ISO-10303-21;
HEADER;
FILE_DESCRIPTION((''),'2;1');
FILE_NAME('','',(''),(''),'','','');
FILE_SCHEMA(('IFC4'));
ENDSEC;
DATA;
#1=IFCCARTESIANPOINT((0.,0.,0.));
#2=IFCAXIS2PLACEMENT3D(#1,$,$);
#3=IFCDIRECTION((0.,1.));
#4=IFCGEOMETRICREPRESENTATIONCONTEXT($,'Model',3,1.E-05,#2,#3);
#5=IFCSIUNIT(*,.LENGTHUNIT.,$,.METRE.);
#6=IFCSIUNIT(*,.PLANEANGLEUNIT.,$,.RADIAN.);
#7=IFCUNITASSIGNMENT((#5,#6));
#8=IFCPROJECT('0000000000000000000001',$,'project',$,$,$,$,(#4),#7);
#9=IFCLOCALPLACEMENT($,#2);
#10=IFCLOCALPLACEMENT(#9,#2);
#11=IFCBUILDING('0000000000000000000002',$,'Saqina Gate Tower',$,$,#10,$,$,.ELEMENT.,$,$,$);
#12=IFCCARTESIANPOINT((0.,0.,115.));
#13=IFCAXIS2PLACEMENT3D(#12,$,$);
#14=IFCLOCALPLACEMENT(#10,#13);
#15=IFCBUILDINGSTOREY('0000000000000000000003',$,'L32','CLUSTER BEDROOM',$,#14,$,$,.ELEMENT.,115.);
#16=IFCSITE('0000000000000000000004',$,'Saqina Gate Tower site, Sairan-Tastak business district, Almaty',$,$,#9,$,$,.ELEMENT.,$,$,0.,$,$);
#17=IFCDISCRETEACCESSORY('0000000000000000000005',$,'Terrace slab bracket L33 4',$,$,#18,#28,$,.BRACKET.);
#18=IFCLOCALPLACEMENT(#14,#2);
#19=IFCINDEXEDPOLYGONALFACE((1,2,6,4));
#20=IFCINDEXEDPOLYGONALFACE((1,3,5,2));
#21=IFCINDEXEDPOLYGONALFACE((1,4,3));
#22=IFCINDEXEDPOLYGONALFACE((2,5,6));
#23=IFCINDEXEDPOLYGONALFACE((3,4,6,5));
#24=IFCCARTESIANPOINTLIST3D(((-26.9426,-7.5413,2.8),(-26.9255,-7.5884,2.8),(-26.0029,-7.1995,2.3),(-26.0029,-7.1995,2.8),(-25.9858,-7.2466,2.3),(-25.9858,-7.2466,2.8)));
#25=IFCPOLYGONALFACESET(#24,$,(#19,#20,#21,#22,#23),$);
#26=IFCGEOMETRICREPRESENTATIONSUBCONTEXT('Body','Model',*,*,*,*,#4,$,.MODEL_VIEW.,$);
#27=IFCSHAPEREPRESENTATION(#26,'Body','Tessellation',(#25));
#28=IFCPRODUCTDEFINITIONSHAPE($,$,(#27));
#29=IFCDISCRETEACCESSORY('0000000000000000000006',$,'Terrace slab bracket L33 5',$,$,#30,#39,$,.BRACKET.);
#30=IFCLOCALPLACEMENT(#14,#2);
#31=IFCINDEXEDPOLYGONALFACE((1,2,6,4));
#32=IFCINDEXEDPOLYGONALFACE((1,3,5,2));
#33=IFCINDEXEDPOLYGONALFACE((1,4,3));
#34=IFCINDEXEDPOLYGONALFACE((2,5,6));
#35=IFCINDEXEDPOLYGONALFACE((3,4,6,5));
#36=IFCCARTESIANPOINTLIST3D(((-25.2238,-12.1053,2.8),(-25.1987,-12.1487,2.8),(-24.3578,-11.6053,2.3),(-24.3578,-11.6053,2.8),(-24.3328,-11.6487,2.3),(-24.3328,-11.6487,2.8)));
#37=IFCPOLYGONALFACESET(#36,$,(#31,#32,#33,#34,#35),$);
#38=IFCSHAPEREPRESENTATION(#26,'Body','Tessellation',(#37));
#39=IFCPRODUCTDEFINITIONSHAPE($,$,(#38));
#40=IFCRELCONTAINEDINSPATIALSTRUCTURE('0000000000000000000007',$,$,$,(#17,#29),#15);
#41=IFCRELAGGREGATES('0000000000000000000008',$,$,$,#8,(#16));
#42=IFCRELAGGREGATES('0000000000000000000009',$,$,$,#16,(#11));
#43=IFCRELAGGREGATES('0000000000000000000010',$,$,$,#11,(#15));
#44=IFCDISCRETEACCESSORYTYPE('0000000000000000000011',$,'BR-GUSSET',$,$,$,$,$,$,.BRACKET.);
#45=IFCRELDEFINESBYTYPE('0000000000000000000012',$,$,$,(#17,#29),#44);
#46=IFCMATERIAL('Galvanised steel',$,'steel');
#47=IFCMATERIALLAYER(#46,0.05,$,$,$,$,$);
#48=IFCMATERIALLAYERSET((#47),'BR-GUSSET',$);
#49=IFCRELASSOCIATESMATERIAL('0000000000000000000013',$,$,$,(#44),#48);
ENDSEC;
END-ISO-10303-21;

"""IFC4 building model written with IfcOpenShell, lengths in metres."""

from ifc_helpers import new_model, si_unit, direction, frame, origin, place, context, subcontext, project, spatial, polyline, outline, extrude, material, layer, layer_set, type_object, element, save


model = new_model("IFC4")

# Units and contexts
model_context = context("Model", 3, precision=1e-05, world=origin(), true_north=direction((0.0, 1.0)))
body_context = subcontext(model_context, "Body", "Model", "MODEL_VIEW")
ifc_project = project(units=[si_unit("LENGTHUNIT", "METRE"), si_unit("PLANEANGLEUNIT", "RADIAN")], contexts=[model_context])

# Site, building, storey
site_placement = place(None, origin())
site = spatial("IfcSite", under=ifc_project, at=site_placement, Name="Saqina Gate Tower site, Sairan-Tastak business district, Almaty", CompositionType="ELEMENT", RefElevation=0.0)
building_placement = place(site_placement, origin())
building = spatial("IfcBuilding", under=site, at=building_placement, Name="Saqina Gate Tower", CompositionType="ELEMENT")
storey_placement = place(building_placement, frame((0.0, 0.0, 115.0)))
storey = spatial("IfcBuildingStorey", under=building, at=storey_placement, Name="L32", Description="CLUSTER BEDROOM", CompositionType="ELEMENT", Elevation=115.0)

# Discrete accessories
ifc_material_1 = material(Name="Galvanised steel", Category="steel")
ifc_layer_1 = layer(ifc_material_1, 0.05)
ifc_layer_set_1 = layer_set([ifc_layer_1], Name="BR-GUSSET")
discrete_accessory_type_1 = type_object("IfcDiscreteAccessoryType", Name="BR-GUSSET", PredefinedType="BRACKET", material=ifc_layer_set_1)
discrete_accessory_1_placement = place(storey_placement, frame((-25.9858, -7.2466, 2.3), z_axis=(0.341821, -0.939765, 0.0), x_axis=(0.0, 0.0, 1.0)))
element("IfcDiscreteAccessory", 1, at=discrete_accessory_1_placement, inside=storey, type_object=discrete_accessory_type_1, Name="Terrace slab bracket L33 4", PredefinedType="BRACKET", context=body_context, shape_type="SweptSolid", body=[
    extrude(outline(polyline([(0.0, 0.0), (0.5, 0.0), (0.5, 0.9999), (0.0, 0.0)])), origin(), (0.0, 0.0, -1.0), 0.05),
])
discrete_accessory_2_placement = place(storey_placement, frame((-24.3328, -11.6487, 2.3), z_axis=(0.500025, -0.866011, 0.0), x_axis=(0.0, 0.0, 1.0)))
element("IfcDiscreteAccessory", 2, at=discrete_accessory_2_placement, inside=storey, type_object=discrete_accessory_type_1, Name="Terrace slab bracket L33 5", PredefinedType="BRACKET", context=body_context, shape_type="SweptSolid", body=[
    extrude(outline(polyline([(0.0, 0.0), (0.5, 0.0), (0.5, 0.9999), (0.0, 0.0)])), origin(), (0.0, 0.0, -1.0), 0.05),
])

save(model, "model.ifc")
